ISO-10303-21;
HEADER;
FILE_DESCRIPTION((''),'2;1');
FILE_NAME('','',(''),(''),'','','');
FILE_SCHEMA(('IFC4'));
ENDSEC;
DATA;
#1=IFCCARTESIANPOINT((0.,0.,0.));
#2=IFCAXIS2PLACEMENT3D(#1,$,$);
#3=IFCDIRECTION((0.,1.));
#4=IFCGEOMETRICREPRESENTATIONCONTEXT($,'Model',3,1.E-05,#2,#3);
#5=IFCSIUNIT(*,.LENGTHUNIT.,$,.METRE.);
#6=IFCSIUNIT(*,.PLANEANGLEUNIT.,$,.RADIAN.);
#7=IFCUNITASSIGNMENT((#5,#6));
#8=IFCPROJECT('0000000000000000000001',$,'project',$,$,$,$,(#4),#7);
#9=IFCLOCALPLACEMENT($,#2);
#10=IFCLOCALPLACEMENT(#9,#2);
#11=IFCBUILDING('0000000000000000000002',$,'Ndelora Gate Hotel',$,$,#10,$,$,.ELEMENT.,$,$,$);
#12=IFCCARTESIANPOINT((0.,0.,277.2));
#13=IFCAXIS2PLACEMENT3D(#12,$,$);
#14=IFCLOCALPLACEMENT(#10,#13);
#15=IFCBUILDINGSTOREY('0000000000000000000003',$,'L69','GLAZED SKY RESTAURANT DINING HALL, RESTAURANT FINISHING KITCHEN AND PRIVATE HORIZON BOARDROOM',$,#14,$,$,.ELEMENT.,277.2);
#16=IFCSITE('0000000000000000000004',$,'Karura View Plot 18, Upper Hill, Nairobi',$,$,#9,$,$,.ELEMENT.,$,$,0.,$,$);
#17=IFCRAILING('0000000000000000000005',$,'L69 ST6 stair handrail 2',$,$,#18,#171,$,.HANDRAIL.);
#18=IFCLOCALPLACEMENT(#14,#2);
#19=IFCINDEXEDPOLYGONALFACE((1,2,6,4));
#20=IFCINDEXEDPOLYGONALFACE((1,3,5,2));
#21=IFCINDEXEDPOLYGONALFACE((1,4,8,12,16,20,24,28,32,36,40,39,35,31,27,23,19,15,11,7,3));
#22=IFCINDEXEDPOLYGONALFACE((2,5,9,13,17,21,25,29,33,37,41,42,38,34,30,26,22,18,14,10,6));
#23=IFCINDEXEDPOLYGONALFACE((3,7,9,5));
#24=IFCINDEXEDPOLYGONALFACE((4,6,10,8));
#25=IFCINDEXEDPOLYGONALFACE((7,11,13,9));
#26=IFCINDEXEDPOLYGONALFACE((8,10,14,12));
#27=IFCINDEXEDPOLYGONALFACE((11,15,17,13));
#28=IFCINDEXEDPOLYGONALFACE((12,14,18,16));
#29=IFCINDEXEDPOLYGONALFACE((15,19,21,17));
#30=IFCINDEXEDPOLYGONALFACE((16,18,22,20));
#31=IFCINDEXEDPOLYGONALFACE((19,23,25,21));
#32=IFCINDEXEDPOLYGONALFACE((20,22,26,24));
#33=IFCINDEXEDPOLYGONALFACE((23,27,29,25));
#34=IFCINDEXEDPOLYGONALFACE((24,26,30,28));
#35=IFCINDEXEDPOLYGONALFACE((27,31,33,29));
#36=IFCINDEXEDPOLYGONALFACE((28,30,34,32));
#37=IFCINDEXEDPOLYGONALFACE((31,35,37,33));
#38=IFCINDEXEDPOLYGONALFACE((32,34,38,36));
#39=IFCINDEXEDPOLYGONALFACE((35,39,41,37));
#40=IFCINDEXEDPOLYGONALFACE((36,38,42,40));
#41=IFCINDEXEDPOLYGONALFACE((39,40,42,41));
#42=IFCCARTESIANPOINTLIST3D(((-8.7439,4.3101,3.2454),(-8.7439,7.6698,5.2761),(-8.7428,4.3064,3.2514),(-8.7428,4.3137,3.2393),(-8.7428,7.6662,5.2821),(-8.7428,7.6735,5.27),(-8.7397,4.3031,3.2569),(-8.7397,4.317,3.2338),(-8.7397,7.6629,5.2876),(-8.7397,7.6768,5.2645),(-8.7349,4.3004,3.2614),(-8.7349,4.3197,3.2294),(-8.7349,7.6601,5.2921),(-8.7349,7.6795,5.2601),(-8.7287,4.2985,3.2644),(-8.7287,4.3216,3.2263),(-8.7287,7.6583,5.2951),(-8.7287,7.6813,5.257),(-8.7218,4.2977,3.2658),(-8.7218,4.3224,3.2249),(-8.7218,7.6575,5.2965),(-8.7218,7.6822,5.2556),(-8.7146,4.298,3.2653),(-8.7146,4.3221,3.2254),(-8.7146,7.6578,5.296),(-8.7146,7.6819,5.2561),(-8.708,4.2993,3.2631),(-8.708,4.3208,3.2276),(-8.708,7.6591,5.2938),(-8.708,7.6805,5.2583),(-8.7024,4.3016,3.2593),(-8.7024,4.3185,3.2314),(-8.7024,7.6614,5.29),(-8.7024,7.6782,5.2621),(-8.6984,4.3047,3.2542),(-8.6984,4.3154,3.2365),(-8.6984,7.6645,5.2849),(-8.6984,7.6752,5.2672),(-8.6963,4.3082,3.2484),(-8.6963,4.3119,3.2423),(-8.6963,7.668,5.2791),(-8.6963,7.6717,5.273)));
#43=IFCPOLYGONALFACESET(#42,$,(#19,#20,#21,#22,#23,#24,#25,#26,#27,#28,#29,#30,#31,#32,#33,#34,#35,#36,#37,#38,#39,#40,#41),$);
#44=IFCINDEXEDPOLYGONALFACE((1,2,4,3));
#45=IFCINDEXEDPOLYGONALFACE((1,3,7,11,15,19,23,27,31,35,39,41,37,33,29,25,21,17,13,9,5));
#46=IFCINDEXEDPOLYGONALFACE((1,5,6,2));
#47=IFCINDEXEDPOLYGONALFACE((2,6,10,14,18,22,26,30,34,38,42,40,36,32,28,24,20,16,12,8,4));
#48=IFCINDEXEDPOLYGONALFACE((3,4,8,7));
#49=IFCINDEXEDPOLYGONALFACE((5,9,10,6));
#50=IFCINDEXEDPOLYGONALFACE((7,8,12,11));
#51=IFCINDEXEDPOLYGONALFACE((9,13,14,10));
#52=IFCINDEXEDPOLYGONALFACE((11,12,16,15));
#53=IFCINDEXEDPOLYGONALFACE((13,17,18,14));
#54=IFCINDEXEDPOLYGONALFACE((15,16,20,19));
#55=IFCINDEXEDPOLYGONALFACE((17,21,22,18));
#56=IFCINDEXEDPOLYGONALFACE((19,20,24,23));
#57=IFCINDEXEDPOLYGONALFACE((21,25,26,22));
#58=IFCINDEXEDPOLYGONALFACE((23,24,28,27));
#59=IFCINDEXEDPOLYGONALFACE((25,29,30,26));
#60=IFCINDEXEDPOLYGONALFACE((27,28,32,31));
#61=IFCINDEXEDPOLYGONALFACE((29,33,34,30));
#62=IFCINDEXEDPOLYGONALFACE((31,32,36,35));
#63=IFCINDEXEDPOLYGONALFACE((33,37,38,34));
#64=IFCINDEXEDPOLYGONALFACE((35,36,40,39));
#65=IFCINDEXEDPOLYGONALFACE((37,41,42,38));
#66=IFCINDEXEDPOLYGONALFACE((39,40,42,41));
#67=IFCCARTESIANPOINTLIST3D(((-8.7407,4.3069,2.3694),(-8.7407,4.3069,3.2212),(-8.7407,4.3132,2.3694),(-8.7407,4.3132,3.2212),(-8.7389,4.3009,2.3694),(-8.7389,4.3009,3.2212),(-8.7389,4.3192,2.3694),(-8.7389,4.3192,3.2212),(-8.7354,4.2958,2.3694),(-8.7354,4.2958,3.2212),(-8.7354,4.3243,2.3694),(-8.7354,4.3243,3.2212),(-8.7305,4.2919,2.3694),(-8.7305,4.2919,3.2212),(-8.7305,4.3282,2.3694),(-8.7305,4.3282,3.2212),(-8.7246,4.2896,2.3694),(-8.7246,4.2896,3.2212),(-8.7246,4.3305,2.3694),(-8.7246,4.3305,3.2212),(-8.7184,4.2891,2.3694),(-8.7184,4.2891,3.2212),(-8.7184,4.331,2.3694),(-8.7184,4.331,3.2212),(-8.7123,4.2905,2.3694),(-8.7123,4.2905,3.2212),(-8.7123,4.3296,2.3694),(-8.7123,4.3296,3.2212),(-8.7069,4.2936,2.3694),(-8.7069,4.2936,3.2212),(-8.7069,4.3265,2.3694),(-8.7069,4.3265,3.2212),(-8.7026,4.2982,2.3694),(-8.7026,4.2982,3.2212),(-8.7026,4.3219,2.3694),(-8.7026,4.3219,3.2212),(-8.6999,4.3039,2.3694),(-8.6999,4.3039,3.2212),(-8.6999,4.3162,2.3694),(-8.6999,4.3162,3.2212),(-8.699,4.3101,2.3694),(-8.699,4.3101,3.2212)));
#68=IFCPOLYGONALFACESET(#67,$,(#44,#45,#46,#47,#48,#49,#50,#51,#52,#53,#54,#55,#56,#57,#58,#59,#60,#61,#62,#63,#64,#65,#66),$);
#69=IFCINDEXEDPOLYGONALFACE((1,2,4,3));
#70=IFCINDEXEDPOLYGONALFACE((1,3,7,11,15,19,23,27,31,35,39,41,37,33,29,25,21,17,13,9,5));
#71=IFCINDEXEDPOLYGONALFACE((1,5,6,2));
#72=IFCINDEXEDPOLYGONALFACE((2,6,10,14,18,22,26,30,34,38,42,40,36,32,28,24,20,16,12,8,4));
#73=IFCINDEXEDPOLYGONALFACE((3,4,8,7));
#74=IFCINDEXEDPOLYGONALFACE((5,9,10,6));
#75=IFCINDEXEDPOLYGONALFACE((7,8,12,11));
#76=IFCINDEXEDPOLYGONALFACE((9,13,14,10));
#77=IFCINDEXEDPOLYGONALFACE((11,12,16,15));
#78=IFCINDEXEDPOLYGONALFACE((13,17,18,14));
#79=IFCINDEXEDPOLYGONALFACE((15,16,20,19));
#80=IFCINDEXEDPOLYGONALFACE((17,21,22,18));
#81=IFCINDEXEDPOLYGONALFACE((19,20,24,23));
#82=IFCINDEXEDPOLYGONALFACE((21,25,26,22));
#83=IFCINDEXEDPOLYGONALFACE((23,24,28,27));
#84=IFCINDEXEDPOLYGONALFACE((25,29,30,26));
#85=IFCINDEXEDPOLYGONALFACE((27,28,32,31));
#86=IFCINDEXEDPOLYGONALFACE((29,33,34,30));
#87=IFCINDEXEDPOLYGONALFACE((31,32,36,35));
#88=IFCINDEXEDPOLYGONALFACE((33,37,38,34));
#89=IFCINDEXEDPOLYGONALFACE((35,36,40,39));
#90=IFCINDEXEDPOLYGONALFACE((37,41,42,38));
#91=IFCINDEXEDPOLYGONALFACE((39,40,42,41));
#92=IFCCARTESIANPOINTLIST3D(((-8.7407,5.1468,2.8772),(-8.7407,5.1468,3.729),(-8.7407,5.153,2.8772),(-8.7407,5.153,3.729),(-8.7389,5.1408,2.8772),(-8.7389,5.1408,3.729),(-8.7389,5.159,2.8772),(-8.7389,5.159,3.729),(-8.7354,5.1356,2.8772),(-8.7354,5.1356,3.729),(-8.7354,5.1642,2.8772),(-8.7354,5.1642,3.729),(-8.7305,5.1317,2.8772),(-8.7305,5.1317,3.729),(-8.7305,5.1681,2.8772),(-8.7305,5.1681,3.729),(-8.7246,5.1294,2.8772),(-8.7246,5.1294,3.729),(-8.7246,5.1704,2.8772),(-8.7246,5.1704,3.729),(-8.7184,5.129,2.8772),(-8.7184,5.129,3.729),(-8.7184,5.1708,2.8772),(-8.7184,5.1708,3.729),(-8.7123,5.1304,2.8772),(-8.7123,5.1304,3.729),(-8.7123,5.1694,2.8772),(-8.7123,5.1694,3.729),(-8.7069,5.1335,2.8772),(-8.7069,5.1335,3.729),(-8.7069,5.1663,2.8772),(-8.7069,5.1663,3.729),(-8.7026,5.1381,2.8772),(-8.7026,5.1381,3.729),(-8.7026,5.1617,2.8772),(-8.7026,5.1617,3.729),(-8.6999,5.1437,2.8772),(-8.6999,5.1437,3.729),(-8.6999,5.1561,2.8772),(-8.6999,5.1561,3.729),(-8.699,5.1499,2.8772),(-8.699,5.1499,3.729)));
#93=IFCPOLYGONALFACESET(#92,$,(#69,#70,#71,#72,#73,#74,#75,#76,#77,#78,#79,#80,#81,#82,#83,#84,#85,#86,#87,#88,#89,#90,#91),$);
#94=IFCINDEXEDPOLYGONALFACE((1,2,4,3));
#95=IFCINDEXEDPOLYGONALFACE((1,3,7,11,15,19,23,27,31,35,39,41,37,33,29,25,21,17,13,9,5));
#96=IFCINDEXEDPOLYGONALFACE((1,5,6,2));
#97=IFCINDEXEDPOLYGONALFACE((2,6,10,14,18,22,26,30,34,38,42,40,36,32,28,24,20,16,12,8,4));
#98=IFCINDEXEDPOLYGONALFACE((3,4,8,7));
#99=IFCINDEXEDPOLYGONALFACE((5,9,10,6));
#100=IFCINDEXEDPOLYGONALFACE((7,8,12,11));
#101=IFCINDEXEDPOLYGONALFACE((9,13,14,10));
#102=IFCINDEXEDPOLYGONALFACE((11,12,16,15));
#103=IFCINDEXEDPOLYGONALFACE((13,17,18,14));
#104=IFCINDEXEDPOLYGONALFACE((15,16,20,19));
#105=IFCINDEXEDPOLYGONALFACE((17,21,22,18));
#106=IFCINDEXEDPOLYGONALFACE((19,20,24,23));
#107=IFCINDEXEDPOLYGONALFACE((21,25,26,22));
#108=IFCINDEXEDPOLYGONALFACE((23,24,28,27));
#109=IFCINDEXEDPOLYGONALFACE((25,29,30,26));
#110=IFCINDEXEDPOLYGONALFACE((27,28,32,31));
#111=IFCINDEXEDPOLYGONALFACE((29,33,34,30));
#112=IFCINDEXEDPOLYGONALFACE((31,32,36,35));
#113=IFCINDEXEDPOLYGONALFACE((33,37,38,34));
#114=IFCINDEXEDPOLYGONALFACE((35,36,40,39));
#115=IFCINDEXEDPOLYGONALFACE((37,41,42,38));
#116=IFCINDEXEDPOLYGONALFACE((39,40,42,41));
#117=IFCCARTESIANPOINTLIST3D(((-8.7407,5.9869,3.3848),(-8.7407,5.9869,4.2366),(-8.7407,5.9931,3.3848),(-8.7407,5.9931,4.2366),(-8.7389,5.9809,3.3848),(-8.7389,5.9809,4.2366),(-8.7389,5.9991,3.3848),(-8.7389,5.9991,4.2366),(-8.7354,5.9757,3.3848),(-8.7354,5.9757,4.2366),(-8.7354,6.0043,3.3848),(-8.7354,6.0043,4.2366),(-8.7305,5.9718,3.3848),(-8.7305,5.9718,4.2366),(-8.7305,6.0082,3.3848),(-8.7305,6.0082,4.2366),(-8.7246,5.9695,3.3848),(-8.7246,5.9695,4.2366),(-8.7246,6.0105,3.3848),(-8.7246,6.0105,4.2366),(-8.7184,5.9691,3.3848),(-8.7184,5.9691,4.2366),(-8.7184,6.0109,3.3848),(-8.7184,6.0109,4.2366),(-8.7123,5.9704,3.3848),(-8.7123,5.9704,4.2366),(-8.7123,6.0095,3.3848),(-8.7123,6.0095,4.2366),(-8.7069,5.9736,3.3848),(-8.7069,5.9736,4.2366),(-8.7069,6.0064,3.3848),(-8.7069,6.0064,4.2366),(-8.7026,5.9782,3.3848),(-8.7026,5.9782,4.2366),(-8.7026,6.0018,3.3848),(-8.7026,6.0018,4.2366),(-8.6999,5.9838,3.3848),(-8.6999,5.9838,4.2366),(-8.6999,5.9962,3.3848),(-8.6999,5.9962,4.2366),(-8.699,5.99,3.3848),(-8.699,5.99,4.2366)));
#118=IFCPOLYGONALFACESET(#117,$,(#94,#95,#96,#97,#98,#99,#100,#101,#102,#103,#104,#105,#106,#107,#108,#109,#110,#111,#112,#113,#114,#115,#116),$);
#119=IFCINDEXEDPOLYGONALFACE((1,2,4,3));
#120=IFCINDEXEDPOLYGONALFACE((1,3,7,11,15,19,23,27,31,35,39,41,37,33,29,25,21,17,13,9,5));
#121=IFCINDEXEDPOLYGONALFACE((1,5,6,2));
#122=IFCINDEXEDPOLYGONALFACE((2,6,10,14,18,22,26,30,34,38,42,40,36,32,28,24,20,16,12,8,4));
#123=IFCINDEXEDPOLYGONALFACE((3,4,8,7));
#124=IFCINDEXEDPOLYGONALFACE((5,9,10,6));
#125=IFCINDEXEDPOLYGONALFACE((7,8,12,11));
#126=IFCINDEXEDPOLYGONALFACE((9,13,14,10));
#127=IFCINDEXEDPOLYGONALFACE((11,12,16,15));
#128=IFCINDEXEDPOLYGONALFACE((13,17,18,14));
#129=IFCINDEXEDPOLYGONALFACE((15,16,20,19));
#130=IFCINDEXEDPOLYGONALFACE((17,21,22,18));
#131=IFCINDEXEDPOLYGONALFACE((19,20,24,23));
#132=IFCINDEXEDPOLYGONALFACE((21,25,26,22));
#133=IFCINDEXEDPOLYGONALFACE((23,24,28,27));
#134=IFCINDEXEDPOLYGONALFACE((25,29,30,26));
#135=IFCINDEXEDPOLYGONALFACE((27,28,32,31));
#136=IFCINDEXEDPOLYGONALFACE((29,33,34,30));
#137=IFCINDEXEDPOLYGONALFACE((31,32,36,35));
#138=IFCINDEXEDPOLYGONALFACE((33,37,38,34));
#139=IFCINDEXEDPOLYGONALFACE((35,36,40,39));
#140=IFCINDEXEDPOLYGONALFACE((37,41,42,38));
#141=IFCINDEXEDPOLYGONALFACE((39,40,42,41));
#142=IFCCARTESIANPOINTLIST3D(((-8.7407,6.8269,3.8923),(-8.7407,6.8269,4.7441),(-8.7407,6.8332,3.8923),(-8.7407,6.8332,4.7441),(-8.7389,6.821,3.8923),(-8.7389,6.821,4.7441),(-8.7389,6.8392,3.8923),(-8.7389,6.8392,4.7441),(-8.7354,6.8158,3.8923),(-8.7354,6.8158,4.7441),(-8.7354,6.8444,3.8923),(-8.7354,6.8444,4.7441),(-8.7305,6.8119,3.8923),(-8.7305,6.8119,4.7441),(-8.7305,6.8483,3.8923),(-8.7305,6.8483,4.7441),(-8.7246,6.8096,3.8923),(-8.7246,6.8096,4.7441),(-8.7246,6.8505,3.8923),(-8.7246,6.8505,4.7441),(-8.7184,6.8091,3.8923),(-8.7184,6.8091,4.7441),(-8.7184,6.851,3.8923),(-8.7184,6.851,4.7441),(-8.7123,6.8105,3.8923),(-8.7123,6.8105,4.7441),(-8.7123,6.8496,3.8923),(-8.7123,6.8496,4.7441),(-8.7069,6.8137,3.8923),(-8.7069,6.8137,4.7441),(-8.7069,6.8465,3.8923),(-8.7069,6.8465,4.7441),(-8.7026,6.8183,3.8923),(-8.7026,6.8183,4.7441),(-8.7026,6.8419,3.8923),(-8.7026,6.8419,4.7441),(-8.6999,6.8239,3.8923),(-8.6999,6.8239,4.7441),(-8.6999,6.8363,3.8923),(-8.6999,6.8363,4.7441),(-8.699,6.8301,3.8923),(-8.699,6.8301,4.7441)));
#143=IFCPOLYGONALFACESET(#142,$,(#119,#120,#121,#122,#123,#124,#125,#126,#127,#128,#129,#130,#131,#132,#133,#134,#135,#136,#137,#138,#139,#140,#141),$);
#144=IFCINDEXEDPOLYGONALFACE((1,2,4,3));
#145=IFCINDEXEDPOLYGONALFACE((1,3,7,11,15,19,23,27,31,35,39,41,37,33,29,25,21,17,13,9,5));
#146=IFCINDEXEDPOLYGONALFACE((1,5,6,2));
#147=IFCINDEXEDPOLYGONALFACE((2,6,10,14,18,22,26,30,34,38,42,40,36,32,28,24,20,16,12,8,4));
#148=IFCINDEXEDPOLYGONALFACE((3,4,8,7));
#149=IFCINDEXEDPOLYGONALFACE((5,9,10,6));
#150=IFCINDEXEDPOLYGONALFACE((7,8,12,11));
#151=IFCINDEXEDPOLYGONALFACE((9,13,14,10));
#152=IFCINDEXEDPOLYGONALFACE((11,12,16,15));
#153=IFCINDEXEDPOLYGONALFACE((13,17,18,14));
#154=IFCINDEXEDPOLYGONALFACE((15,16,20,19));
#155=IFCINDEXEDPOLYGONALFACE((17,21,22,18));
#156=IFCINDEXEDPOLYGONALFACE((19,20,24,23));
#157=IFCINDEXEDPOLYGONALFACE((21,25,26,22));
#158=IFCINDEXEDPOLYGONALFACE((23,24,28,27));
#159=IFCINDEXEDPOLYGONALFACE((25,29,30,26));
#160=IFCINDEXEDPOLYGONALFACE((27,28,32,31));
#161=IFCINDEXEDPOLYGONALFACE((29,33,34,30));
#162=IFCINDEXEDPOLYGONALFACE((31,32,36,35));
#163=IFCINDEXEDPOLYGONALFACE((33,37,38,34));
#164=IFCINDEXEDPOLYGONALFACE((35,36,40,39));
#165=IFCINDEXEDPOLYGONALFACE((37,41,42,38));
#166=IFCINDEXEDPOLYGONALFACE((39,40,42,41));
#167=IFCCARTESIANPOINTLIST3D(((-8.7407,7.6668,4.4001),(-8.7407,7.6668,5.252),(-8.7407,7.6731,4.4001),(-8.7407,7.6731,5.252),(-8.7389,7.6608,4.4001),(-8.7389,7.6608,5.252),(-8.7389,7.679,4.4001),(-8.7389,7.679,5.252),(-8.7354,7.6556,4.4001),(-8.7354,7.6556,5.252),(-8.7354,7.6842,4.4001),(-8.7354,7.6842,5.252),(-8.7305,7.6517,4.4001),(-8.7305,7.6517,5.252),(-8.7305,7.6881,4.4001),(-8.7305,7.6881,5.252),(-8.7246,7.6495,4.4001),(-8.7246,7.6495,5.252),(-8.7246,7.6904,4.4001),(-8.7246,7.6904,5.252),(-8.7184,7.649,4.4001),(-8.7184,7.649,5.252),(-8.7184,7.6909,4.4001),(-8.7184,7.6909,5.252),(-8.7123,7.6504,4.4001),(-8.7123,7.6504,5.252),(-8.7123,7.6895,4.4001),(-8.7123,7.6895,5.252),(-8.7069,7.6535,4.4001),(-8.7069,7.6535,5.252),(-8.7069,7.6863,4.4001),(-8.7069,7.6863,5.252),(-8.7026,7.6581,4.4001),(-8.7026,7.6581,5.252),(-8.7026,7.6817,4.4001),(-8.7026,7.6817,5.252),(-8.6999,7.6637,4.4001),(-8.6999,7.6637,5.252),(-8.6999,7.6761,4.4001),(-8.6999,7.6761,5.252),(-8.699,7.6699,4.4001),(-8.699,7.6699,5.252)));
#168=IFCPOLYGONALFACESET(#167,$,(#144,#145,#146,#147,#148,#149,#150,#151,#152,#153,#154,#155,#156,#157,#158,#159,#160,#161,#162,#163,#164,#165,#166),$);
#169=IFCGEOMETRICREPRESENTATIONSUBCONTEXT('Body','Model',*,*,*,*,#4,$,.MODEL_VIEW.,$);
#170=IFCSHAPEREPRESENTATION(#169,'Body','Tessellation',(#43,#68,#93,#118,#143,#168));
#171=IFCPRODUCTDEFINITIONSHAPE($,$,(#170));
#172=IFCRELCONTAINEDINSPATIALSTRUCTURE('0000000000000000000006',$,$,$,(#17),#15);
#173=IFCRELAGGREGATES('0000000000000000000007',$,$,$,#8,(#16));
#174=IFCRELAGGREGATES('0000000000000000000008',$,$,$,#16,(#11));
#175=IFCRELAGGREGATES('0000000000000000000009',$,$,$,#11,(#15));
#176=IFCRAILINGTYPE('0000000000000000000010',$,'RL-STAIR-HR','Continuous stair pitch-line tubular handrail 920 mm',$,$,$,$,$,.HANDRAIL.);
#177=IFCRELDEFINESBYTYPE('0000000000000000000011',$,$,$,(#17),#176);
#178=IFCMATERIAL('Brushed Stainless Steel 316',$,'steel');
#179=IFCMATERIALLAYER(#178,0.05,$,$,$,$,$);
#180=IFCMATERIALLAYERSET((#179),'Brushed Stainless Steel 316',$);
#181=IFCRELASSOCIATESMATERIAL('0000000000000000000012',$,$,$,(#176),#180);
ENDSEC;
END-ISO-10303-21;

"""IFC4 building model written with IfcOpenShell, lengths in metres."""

from ifc_helpers import new_model, si_unit, direction, frame, origin, origin_2d, place, context, subcontext, project, spatial, circle, extrude, material, layer, layer_set, type_object, element, save


model = new_model("IFC4")

# Units and contexts
model_context = context("Model", 3, precision=1e-05, world=origin(), true_north=direction((0.0, 1.0)))
body_context = subcontext(model_context, "Body", "Model", "MODEL_VIEW")
ifc_project = project(units=[si_unit("LENGTHUNIT", "METRE"), si_unit("PLANEANGLEUNIT", "RADIAN")], contexts=[model_context])

# Site, building, storey
site_placement = place(None, origin())
site = spatial("IfcSite", under=ifc_project, at=site_placement, Name="Karura View Plot 18, Upper Hill, Nairobi", CompositionType="ELEMENT", RefElevation=0.0)
building_placement = place(site_placement, origin())
building = spatial("IfcBuilding", under=site, at=building_placement, Name="Ndelora Gate Hotel", CompositionType="ELEMENT")
storey_placement = place(building_placement, frame((0.0, 0.0, 277.2)))
storey = spatial("IfcBuildingStorey", under=building, at=storey_placement, Name="L69", Description="GLAZED SKY RESTAURANT DINING HALL, RESTAURANT FINISHING KITCHEN AND PRIVATE HORIZON BOARDROOM", CompositionType="ELEMENT", Elevation=277.2)

# Railing
ifc_material_1 = material(Name="Brushed Stainless Steel 316", Category="steel")
ifc_layer_1 = layer(ifc_material_1, 0.05)
ifc_layer_set_1 = layer_set([ifc_layer_1], Name="Brushed Stainless Steel 316")
railing_type_1 = type_object("IfcRailingType", Name="RL-STAIR-HR", Description="Continuous stair pitch-line tubular handrail 920 mm", PredefinedType="HANDRAIL", material=ifc_layer_set_1)
railing_1_placement = place(storey_placement, frame((-8.72, 4.3101, 2.3694)))
element("IfcRailing", 1, at=railing_1_placement, inside=storey, type_object=railing_type_1, Name="L69 ST6 stair handrail 2", PredefinedType="HANDRAIL", context=body_context, shape_type="SweptSolid", body=[
    extrude(circle(Radius=0.0239, at=origin_2d()), frame((0.0, 0.0, 0.876), z_axis=(0.0, 0.85582, 0.517273), x_axis=(-1.0, 0.0, 0.0)), (0.0, 0.0, 1.0), 3.9258),
    extrude(circle(Radius=0.021, at=origin_2d()), origin(), (0.0, 0.0, 1.0), 0.8518),
    extrude(circle(Radius=0.021, at=origin_2d()), frame((0.0, 0.8398, 0.5078)), (0.0, 0.0, 1.0), 0.8518),
    extrude(circle(Radius=0.021, at=origin_2d()), frame((0.0, 1.6799, 1.0154)), (0.0, 0.0, 1.0), 0.8518),
    extrude(circle(Radius=0.021, at=origin_2d()), frame((0.0, 2.52, 1.5229)), (0.0, 0.0, 1.0), 0.8518),
    extrude(circle(Radius=0.021, at=origin_2d()), frame((0.0, 3.3599, 2.0308)), (0.0, 0.0, 1.0), 0.8518),
])

save(model, "model.ifc")
